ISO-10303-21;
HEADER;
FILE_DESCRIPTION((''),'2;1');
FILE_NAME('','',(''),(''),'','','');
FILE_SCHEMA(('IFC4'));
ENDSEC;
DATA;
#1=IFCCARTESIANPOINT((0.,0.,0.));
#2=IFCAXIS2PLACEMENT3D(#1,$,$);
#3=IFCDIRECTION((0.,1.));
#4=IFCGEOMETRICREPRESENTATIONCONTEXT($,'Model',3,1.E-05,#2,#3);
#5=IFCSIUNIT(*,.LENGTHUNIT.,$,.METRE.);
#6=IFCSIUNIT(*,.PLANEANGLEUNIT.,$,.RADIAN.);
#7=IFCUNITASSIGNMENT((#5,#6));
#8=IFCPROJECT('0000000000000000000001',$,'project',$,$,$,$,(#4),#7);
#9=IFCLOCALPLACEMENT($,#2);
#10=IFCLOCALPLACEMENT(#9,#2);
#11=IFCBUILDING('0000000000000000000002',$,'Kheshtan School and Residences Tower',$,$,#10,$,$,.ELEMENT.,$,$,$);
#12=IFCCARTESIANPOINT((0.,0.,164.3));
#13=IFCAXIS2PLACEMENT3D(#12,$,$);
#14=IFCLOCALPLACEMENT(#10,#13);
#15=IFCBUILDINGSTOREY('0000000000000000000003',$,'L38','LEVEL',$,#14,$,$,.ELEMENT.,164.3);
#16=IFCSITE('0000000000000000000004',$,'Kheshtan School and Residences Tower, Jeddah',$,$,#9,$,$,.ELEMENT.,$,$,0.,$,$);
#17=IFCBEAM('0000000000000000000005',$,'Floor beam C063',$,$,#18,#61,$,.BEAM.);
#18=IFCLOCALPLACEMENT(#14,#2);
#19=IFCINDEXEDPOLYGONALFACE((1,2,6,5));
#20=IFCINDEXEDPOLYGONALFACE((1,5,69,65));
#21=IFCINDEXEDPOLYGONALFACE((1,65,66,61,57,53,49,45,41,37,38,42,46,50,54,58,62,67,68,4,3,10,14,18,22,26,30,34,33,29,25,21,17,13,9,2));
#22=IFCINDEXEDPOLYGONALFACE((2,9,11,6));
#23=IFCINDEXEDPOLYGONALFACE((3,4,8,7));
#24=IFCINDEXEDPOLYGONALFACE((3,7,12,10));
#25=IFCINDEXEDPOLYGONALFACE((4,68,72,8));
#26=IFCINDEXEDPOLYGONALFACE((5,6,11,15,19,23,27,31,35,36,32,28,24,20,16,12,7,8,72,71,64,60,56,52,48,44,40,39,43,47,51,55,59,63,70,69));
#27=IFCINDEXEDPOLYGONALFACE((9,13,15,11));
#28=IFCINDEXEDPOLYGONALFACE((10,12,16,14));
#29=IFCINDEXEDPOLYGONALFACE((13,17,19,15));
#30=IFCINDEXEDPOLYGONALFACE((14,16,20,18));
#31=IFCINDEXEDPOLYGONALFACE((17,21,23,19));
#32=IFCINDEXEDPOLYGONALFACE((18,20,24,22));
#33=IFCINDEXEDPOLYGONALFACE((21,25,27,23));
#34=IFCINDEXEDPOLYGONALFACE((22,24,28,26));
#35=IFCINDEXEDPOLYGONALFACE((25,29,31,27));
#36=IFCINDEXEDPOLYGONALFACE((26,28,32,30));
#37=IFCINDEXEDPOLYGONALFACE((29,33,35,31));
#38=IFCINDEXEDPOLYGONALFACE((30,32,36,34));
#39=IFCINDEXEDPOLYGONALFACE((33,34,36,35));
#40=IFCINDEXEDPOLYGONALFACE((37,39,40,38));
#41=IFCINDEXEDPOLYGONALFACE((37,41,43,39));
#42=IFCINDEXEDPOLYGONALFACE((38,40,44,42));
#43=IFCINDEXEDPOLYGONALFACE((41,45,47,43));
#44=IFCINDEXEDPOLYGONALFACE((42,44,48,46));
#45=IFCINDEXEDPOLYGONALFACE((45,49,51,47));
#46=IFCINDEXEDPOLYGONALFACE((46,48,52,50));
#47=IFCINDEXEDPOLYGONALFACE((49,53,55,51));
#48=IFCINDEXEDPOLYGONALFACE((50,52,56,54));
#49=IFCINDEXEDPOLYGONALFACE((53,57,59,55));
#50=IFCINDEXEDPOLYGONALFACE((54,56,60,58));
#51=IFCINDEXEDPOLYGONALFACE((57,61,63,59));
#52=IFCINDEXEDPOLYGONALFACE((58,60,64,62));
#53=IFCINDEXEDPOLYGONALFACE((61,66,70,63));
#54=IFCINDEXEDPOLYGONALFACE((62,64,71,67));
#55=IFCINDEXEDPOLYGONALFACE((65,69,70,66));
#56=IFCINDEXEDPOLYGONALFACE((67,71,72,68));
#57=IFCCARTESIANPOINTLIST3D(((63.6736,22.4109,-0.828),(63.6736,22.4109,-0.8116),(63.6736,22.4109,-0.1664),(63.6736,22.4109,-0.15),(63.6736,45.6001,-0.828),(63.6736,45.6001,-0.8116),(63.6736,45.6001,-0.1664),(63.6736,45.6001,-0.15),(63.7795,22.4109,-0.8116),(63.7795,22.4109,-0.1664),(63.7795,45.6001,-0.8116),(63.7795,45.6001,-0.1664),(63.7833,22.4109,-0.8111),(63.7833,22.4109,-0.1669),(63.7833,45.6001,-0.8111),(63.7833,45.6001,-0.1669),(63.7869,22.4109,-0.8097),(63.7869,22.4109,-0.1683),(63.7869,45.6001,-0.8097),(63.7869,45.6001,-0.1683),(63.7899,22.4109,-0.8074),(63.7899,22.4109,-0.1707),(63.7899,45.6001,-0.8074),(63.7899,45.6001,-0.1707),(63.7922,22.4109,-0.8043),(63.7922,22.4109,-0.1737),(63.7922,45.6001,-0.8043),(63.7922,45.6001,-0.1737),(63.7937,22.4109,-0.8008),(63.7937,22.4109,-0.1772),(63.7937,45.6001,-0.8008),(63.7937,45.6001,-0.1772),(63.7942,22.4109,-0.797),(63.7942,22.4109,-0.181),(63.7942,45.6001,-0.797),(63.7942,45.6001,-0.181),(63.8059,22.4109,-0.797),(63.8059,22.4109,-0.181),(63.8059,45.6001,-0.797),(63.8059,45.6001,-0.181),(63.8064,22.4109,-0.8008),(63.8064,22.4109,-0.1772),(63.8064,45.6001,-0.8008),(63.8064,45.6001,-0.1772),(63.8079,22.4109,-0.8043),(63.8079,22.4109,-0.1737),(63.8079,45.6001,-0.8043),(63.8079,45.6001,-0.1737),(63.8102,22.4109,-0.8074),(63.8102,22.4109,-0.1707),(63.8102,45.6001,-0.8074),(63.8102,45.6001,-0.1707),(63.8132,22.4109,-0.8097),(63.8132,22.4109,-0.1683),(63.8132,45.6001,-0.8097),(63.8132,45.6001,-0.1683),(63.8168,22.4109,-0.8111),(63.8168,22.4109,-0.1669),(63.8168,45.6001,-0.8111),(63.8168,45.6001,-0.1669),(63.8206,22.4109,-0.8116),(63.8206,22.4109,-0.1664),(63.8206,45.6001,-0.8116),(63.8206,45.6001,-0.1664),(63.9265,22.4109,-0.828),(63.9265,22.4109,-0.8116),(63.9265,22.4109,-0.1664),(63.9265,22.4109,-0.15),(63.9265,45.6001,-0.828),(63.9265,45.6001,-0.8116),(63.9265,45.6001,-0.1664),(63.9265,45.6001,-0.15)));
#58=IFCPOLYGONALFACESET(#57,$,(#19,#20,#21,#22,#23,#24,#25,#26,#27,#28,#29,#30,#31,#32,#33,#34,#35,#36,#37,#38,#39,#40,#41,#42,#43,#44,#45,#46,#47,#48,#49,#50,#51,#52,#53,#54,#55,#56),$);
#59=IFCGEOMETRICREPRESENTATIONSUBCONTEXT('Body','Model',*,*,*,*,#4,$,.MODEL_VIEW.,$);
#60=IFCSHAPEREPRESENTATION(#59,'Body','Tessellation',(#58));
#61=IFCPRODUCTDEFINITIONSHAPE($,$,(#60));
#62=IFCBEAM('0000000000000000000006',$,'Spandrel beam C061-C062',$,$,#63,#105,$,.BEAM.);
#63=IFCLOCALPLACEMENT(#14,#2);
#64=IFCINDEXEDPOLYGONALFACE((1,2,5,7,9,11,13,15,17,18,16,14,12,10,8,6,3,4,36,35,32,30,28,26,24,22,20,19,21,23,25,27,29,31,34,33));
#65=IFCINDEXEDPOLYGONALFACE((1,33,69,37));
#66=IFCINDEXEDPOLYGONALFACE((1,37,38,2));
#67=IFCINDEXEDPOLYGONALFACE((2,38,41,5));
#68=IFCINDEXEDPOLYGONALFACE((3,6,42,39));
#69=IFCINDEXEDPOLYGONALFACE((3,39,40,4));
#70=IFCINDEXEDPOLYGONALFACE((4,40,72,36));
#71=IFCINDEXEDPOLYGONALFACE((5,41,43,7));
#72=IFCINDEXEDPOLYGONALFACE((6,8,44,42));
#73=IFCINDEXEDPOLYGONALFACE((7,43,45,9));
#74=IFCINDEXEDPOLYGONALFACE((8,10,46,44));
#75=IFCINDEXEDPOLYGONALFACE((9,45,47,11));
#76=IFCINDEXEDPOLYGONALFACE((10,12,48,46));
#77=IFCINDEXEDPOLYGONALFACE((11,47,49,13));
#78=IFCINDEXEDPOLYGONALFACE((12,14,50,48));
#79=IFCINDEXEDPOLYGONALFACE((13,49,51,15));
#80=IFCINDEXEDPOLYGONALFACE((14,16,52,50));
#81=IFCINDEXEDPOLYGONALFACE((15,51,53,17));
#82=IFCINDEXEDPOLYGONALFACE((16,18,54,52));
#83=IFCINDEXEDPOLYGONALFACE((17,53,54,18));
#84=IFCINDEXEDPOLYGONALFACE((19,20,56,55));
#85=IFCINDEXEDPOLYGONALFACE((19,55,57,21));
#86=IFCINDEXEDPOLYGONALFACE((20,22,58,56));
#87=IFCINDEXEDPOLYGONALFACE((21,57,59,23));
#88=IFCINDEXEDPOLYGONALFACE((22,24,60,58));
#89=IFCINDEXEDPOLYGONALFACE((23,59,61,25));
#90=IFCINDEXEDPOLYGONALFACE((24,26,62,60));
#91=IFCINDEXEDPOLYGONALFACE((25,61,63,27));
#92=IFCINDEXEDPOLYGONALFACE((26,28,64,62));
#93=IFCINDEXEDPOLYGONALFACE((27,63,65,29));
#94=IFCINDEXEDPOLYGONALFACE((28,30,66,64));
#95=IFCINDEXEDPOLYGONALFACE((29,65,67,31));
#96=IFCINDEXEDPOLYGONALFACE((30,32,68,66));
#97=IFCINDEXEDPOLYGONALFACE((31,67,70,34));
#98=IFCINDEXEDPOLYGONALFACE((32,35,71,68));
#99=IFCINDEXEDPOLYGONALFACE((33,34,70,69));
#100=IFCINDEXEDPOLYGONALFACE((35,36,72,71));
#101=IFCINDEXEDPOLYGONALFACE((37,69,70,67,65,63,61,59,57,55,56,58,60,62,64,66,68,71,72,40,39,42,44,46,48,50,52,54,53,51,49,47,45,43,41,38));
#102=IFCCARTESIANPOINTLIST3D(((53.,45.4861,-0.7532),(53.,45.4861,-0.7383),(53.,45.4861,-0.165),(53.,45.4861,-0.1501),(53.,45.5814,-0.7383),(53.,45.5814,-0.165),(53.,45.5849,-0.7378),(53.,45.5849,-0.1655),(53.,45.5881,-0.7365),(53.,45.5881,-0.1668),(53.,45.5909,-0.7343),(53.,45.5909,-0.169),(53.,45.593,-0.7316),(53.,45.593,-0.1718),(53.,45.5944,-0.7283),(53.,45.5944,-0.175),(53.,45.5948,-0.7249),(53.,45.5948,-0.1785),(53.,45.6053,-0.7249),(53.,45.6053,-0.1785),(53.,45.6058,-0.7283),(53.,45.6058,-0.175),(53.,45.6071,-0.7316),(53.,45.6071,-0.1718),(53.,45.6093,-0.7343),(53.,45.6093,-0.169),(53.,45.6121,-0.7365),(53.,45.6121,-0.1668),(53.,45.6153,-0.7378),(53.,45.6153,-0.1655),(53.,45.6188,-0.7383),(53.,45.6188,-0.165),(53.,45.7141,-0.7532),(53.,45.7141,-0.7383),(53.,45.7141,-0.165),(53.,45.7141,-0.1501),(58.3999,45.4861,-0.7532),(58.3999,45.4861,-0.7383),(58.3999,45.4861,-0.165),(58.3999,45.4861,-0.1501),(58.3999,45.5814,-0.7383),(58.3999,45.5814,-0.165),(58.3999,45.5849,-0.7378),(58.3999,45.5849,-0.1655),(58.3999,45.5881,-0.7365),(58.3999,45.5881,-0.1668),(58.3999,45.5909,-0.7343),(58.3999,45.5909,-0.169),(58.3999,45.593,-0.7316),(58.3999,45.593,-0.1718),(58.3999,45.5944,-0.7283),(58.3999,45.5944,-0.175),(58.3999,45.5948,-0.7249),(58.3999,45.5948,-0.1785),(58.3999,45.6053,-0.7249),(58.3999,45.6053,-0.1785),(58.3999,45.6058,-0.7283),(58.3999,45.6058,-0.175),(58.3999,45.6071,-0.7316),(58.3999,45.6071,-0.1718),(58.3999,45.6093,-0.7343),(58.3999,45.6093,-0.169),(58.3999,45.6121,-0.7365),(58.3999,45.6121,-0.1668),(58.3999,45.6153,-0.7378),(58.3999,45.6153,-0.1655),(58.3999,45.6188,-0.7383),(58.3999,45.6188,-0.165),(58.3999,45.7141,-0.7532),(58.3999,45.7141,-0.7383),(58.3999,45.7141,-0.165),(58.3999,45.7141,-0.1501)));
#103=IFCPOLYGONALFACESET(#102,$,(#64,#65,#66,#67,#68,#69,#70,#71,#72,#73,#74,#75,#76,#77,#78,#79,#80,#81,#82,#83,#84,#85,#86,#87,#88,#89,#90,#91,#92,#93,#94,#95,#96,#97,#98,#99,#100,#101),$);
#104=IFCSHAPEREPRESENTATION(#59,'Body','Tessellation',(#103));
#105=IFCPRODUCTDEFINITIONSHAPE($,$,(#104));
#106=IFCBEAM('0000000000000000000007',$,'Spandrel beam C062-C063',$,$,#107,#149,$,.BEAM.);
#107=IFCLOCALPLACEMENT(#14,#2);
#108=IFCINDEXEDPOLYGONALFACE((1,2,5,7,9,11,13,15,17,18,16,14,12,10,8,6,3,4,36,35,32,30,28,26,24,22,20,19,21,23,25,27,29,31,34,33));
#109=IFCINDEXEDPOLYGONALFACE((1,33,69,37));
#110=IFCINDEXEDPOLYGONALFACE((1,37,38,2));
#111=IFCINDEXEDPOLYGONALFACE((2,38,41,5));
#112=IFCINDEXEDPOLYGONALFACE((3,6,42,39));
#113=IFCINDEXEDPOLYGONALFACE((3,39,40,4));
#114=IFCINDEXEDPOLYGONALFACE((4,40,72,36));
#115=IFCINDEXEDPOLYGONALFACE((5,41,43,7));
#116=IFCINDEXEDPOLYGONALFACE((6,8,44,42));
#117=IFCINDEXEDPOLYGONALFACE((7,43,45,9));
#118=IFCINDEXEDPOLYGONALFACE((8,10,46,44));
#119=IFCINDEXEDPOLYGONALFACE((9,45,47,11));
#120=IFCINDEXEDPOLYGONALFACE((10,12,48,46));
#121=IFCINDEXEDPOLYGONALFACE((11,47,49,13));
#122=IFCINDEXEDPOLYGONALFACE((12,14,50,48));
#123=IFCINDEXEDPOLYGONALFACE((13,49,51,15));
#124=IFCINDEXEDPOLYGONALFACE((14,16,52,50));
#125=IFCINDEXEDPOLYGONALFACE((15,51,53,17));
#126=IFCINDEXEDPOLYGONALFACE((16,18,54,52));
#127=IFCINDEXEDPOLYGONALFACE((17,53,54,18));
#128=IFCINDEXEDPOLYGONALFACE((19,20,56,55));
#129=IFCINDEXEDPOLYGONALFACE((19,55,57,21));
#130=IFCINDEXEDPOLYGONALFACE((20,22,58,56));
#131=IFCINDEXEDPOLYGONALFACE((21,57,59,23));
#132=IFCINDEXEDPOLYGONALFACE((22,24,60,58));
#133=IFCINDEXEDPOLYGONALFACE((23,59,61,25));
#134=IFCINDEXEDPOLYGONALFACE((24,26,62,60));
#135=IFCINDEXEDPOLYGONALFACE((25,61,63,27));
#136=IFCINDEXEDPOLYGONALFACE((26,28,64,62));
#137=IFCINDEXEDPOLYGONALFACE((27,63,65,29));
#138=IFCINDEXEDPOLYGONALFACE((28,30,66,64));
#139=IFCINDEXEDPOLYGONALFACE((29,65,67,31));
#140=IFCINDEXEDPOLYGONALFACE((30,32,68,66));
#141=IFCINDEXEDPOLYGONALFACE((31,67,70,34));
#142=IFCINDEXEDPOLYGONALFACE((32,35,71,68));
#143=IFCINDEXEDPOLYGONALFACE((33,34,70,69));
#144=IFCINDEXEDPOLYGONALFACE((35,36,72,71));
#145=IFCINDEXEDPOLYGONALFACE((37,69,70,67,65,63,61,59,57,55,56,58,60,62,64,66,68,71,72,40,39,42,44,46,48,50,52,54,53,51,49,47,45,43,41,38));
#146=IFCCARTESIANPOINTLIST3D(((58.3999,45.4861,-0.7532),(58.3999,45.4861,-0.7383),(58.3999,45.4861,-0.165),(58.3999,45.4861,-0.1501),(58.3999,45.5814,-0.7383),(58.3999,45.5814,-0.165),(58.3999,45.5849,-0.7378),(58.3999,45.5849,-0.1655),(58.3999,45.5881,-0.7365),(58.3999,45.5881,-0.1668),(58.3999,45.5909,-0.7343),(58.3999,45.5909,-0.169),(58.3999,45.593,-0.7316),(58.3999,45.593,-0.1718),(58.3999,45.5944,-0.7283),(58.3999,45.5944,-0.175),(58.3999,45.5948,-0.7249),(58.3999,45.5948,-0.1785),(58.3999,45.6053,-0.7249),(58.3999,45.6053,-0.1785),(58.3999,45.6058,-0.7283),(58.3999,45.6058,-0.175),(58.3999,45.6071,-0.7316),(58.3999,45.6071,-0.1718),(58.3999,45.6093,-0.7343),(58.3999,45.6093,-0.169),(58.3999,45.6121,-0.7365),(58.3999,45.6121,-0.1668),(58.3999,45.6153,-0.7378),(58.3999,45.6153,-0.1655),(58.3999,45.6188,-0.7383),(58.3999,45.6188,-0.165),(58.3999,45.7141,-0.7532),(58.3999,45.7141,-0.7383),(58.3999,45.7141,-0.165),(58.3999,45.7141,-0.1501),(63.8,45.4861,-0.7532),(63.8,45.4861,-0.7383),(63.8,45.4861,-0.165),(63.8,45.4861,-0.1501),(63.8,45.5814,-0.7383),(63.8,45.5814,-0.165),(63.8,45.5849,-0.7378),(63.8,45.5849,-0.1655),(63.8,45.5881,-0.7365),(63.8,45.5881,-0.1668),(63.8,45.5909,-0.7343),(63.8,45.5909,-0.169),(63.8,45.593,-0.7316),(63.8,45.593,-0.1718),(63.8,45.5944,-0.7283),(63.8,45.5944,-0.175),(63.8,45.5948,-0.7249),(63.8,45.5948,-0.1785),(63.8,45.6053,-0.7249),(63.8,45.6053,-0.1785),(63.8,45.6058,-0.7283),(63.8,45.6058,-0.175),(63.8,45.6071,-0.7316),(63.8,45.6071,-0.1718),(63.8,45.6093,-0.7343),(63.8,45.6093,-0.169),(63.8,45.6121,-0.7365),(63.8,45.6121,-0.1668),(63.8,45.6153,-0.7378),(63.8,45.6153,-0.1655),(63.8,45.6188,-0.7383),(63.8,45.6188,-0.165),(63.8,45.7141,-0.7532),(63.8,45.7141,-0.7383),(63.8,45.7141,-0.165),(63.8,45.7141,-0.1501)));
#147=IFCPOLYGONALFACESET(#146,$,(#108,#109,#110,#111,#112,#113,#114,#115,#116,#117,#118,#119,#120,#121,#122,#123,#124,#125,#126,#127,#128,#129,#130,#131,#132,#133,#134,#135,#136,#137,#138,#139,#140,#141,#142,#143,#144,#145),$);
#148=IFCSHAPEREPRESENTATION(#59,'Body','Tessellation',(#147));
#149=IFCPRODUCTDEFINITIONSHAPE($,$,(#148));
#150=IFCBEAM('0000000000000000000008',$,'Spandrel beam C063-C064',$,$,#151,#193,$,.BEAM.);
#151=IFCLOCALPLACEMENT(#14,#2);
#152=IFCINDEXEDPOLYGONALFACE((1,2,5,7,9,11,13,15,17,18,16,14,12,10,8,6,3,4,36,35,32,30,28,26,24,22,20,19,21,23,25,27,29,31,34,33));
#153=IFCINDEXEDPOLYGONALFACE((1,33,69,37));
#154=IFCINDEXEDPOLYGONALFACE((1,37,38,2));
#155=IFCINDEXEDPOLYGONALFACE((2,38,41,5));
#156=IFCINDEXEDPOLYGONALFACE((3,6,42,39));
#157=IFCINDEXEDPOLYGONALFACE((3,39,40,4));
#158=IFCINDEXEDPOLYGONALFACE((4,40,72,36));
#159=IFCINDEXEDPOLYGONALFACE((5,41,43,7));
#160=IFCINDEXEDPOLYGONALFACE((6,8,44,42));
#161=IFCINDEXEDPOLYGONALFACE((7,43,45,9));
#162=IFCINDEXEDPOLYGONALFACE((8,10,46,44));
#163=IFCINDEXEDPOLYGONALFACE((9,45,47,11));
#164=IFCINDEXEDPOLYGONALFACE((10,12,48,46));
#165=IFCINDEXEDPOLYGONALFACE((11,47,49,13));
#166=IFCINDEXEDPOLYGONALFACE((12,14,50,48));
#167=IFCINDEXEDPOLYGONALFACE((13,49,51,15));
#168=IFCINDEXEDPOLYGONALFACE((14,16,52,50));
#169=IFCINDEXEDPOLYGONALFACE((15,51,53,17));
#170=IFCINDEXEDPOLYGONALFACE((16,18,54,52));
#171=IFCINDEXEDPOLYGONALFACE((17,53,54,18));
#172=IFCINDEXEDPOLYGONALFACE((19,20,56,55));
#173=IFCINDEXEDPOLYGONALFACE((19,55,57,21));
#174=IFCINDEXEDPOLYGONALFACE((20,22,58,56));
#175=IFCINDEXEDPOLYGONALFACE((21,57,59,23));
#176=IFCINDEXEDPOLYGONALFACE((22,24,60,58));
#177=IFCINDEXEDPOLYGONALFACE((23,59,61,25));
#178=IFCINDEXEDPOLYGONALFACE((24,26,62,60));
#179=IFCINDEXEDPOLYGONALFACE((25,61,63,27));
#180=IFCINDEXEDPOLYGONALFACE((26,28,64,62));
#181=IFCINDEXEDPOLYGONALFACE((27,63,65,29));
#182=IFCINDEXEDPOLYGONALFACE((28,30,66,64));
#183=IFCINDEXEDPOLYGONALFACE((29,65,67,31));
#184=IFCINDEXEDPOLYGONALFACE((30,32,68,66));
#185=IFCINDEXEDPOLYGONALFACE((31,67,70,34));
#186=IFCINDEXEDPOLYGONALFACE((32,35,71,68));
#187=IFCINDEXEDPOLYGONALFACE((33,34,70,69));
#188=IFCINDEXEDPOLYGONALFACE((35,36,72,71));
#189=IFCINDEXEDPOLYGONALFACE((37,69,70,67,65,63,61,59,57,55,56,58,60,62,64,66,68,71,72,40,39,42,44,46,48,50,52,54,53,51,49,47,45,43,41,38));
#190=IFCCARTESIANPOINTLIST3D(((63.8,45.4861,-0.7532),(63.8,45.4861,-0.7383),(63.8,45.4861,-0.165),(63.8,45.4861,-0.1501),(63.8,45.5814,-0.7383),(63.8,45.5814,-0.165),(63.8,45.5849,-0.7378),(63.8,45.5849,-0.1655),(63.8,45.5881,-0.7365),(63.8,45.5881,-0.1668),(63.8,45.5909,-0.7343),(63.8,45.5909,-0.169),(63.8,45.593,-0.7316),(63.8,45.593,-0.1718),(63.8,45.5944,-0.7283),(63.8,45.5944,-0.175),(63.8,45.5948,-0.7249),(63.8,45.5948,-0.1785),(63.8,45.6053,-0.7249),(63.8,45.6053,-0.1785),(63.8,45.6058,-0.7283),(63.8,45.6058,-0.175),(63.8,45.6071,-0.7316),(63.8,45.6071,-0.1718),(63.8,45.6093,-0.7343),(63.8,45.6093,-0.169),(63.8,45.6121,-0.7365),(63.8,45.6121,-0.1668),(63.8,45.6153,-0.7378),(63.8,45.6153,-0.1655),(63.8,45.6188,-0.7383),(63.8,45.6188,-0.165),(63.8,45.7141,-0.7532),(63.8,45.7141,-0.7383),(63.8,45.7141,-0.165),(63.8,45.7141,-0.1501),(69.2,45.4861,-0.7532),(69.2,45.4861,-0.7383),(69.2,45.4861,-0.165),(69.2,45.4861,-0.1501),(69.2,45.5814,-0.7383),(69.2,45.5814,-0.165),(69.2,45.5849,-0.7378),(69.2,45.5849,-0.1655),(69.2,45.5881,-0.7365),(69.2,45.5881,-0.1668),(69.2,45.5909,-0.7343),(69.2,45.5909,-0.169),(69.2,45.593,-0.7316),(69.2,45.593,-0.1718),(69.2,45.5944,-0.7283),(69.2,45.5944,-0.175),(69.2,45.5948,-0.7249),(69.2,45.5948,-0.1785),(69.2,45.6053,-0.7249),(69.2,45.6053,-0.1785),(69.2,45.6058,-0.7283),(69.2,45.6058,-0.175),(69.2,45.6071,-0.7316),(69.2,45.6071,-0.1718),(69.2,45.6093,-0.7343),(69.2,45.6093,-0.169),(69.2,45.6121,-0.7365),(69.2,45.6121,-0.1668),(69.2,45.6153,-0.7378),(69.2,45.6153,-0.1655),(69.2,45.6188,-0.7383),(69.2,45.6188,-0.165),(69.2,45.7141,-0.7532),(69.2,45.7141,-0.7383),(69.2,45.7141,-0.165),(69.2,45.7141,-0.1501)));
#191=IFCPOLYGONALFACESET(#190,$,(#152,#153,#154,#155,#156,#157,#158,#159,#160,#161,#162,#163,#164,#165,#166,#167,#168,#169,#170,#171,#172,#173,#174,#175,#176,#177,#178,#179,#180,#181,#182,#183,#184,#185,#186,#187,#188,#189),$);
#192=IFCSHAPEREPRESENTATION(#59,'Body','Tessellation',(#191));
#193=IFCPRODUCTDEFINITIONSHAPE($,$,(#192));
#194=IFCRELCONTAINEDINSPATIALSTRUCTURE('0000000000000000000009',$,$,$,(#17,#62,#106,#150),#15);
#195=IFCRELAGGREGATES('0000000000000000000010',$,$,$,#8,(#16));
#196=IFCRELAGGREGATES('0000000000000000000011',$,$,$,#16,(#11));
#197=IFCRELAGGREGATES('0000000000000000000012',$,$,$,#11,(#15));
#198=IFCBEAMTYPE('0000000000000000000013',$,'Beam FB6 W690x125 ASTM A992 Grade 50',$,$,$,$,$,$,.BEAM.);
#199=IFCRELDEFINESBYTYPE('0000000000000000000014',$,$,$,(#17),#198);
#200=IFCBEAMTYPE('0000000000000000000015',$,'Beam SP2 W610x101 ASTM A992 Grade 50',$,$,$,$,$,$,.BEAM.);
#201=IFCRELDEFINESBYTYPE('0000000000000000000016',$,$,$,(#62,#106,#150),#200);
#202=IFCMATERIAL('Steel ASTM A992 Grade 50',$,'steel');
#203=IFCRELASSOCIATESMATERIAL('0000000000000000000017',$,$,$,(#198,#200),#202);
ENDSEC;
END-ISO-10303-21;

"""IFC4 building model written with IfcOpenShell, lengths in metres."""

from ifc_helpers import new_model, si_unit, direction, frame, origin, origin_2d, place, context, subcontext, project, spatial, i_section, extrude, material, material_profile, profile_set, type_object, element, save


model = new_model("IFC4")

# Units and contexts
model_context = context("Model", 3, precision=1e-05, world=origin(), true_north=direction((0.0, 1.0)))
body_context = subcontext(model_context, "Body", "Model", "MODEL_VIEW")
ifc_project = project(units=[si_unit("LENGTHUNIT", "METRE"), si_unit("PLANEANGLEUNIT", "RADIAN")], contexts=[model_context])

# Site, building, storey
site_placement = place(None, origin())
site = spatial("IfcSite", under=ifc_project, at=site_placement, Name="Kheshtan School and Residences Tower, Jeddah", CompositionType="ELEMENT", RefElevation=0.0)
building_placement = place(site_placement, origin())
building = spatial("IfcBuilding", under=site, at=building_placement, Name="Kheshtan School and Residences Tower", CompositionType="ELEMENT")
storey_placement = place(building_placement, frame((0.0, 0.0, 164.3)))
storey = spatial("IfcBuildingStorey", under=building, at=storey_placement, Name="L38", Description="LEVEL", CompositionType="ELEMENT", Elevation=164.3)

# Shared definitions
ifc_material_1 = material(Name="Steel ASTM A992 Grade 50", Category="steel")

# Beams
ifc_material_profile_1 = material_profile(ifc_material_1, i_section(OverallWidth=0.2529, OverallDepth=0.678, WebThickness=0.0117, FlangeThickness=0.0164, FilletRadius=0.0146, at=origin_2d()), Name="W690x125")
ifc_profile_set_1 = profile_set([ifc_material_profile_1], Name="Steel ASTM A992 Grade 50")
beam_type_1 = type_object("IfcBeamType", Name="Beam FB6 W690x125 ASTM A992 Grade 50", PredefinedType="BEAM", material=ifc_profile_set_1)
beam_1_placement = place(storey_placement, frame((63.8, 45.6001, -0.489), z_axis=(0.0, -1.0, 0.0), x_axis=(1.0, 0.0, 0.0)))
element("IfcBeam", 1, at=beam_1_placement, inside=storey, type_object=beam_type_1, Name="Floor beam C063", PredefinedType="BEAM", context=body_context, shape_type="SweptSolid", body=[
    extrude(i_section(OverallWidth=0.2529, OverallDepth=0.678, WebThickness=0.0117, FlangeThickness=0.0164, FilletRadius=0.0146, at=origin_2d()), origin(), (0.0, 0.0, 1.0), 23.1892),
])
ifc_material_profile_2 = material_profile(ifc_material_1, i_section(OverallWidth=0.228, OverallDepth=0.603, WebThickness=0.0105, FlangeThickness=0.0149, FilletRadius=0.0134, at=origin_2d()), Name="W610x101")
ifc_profile_set_2 = profile_set([ifc_material_profile_2], Name="Steel ASTM A992 Grade 50")
beam_type_2 = type_object("IfcBeamType", Name="Beam SP2 W610x101 ASTM A992 Grade 50", PredefinedType="BEAM", material=ifc_profile_set_2)
beam_2_placement = place(storey_placement, frame((53.0, 45.6001, -0.4517), z_axis=(1.0, 0.0, 0.0), x_axis=(0.0, 1.0, 0.0)))
element("IfcBeam", 2, at=beam_2_placement, inside=storey, type_object=beam_type_2, Name="Spandrel beam C061-C062", PredefinedType="BEAM", context=body_context, shape_type="SweptSolid", body=[
    extrude(i_section(OverallWidth=0.228, OverallDepth=0.603, WebThickness=0.0105, FlangeThickness=0.0149, FilletRadius=0.0134, at=origin_2d()), origin(), (0.0, 0.0, 1.0), 5.3999),
])
beam_3_placement = place(storey_placement, frame((58.3999, 45.6001, -0.4517), z_axis=(1.0, 0.0, 0.0), x_axis=(0.0, 1.0, 0.0)))
element("IfcBeam", 3, at=beam_3_placement, inside=storey, type_object=beam_type_2, Name="Spandrel beam C062-C063", PredefinedType="BEAM", context=body_context, shape_type="SweptSolid", body=[
    extrude(i_section(OverallWidth=0.228, OverallDepth=0.603, WebThickness=0.0105, FlangeThickness=0.0149, FilletRadius=0.0134, at=origin_2d()), origin(), (0.0, 0.0, 1.0), 5.4001),
])
beam_4_placement = place(storey_placement, frame((63.8, 45.6001, -0.4517), z_axis=(1.0, 0.0, 0.0), x_axis=(0.0, 1.0, 0.0)))
element("IfcBeam", 4, at=beam_4_placement, inside=storey, type_object=beam_type_2, Name="Spandrel beam C063-C064", PredefinedType="BEAM", context=body_context, shape_type="SweptSolid", body=[
    extrude(i_section(OverallWidth=0.228, OverallDepth=0.603, WebThickness=0.0105, FlangeThickness=0.0149, FilletRadius=0.0134, at=origin_2d()), origin(), (0.0, 0.0, 1.0), 5.3999),
])

save(model, "model.ifc")
